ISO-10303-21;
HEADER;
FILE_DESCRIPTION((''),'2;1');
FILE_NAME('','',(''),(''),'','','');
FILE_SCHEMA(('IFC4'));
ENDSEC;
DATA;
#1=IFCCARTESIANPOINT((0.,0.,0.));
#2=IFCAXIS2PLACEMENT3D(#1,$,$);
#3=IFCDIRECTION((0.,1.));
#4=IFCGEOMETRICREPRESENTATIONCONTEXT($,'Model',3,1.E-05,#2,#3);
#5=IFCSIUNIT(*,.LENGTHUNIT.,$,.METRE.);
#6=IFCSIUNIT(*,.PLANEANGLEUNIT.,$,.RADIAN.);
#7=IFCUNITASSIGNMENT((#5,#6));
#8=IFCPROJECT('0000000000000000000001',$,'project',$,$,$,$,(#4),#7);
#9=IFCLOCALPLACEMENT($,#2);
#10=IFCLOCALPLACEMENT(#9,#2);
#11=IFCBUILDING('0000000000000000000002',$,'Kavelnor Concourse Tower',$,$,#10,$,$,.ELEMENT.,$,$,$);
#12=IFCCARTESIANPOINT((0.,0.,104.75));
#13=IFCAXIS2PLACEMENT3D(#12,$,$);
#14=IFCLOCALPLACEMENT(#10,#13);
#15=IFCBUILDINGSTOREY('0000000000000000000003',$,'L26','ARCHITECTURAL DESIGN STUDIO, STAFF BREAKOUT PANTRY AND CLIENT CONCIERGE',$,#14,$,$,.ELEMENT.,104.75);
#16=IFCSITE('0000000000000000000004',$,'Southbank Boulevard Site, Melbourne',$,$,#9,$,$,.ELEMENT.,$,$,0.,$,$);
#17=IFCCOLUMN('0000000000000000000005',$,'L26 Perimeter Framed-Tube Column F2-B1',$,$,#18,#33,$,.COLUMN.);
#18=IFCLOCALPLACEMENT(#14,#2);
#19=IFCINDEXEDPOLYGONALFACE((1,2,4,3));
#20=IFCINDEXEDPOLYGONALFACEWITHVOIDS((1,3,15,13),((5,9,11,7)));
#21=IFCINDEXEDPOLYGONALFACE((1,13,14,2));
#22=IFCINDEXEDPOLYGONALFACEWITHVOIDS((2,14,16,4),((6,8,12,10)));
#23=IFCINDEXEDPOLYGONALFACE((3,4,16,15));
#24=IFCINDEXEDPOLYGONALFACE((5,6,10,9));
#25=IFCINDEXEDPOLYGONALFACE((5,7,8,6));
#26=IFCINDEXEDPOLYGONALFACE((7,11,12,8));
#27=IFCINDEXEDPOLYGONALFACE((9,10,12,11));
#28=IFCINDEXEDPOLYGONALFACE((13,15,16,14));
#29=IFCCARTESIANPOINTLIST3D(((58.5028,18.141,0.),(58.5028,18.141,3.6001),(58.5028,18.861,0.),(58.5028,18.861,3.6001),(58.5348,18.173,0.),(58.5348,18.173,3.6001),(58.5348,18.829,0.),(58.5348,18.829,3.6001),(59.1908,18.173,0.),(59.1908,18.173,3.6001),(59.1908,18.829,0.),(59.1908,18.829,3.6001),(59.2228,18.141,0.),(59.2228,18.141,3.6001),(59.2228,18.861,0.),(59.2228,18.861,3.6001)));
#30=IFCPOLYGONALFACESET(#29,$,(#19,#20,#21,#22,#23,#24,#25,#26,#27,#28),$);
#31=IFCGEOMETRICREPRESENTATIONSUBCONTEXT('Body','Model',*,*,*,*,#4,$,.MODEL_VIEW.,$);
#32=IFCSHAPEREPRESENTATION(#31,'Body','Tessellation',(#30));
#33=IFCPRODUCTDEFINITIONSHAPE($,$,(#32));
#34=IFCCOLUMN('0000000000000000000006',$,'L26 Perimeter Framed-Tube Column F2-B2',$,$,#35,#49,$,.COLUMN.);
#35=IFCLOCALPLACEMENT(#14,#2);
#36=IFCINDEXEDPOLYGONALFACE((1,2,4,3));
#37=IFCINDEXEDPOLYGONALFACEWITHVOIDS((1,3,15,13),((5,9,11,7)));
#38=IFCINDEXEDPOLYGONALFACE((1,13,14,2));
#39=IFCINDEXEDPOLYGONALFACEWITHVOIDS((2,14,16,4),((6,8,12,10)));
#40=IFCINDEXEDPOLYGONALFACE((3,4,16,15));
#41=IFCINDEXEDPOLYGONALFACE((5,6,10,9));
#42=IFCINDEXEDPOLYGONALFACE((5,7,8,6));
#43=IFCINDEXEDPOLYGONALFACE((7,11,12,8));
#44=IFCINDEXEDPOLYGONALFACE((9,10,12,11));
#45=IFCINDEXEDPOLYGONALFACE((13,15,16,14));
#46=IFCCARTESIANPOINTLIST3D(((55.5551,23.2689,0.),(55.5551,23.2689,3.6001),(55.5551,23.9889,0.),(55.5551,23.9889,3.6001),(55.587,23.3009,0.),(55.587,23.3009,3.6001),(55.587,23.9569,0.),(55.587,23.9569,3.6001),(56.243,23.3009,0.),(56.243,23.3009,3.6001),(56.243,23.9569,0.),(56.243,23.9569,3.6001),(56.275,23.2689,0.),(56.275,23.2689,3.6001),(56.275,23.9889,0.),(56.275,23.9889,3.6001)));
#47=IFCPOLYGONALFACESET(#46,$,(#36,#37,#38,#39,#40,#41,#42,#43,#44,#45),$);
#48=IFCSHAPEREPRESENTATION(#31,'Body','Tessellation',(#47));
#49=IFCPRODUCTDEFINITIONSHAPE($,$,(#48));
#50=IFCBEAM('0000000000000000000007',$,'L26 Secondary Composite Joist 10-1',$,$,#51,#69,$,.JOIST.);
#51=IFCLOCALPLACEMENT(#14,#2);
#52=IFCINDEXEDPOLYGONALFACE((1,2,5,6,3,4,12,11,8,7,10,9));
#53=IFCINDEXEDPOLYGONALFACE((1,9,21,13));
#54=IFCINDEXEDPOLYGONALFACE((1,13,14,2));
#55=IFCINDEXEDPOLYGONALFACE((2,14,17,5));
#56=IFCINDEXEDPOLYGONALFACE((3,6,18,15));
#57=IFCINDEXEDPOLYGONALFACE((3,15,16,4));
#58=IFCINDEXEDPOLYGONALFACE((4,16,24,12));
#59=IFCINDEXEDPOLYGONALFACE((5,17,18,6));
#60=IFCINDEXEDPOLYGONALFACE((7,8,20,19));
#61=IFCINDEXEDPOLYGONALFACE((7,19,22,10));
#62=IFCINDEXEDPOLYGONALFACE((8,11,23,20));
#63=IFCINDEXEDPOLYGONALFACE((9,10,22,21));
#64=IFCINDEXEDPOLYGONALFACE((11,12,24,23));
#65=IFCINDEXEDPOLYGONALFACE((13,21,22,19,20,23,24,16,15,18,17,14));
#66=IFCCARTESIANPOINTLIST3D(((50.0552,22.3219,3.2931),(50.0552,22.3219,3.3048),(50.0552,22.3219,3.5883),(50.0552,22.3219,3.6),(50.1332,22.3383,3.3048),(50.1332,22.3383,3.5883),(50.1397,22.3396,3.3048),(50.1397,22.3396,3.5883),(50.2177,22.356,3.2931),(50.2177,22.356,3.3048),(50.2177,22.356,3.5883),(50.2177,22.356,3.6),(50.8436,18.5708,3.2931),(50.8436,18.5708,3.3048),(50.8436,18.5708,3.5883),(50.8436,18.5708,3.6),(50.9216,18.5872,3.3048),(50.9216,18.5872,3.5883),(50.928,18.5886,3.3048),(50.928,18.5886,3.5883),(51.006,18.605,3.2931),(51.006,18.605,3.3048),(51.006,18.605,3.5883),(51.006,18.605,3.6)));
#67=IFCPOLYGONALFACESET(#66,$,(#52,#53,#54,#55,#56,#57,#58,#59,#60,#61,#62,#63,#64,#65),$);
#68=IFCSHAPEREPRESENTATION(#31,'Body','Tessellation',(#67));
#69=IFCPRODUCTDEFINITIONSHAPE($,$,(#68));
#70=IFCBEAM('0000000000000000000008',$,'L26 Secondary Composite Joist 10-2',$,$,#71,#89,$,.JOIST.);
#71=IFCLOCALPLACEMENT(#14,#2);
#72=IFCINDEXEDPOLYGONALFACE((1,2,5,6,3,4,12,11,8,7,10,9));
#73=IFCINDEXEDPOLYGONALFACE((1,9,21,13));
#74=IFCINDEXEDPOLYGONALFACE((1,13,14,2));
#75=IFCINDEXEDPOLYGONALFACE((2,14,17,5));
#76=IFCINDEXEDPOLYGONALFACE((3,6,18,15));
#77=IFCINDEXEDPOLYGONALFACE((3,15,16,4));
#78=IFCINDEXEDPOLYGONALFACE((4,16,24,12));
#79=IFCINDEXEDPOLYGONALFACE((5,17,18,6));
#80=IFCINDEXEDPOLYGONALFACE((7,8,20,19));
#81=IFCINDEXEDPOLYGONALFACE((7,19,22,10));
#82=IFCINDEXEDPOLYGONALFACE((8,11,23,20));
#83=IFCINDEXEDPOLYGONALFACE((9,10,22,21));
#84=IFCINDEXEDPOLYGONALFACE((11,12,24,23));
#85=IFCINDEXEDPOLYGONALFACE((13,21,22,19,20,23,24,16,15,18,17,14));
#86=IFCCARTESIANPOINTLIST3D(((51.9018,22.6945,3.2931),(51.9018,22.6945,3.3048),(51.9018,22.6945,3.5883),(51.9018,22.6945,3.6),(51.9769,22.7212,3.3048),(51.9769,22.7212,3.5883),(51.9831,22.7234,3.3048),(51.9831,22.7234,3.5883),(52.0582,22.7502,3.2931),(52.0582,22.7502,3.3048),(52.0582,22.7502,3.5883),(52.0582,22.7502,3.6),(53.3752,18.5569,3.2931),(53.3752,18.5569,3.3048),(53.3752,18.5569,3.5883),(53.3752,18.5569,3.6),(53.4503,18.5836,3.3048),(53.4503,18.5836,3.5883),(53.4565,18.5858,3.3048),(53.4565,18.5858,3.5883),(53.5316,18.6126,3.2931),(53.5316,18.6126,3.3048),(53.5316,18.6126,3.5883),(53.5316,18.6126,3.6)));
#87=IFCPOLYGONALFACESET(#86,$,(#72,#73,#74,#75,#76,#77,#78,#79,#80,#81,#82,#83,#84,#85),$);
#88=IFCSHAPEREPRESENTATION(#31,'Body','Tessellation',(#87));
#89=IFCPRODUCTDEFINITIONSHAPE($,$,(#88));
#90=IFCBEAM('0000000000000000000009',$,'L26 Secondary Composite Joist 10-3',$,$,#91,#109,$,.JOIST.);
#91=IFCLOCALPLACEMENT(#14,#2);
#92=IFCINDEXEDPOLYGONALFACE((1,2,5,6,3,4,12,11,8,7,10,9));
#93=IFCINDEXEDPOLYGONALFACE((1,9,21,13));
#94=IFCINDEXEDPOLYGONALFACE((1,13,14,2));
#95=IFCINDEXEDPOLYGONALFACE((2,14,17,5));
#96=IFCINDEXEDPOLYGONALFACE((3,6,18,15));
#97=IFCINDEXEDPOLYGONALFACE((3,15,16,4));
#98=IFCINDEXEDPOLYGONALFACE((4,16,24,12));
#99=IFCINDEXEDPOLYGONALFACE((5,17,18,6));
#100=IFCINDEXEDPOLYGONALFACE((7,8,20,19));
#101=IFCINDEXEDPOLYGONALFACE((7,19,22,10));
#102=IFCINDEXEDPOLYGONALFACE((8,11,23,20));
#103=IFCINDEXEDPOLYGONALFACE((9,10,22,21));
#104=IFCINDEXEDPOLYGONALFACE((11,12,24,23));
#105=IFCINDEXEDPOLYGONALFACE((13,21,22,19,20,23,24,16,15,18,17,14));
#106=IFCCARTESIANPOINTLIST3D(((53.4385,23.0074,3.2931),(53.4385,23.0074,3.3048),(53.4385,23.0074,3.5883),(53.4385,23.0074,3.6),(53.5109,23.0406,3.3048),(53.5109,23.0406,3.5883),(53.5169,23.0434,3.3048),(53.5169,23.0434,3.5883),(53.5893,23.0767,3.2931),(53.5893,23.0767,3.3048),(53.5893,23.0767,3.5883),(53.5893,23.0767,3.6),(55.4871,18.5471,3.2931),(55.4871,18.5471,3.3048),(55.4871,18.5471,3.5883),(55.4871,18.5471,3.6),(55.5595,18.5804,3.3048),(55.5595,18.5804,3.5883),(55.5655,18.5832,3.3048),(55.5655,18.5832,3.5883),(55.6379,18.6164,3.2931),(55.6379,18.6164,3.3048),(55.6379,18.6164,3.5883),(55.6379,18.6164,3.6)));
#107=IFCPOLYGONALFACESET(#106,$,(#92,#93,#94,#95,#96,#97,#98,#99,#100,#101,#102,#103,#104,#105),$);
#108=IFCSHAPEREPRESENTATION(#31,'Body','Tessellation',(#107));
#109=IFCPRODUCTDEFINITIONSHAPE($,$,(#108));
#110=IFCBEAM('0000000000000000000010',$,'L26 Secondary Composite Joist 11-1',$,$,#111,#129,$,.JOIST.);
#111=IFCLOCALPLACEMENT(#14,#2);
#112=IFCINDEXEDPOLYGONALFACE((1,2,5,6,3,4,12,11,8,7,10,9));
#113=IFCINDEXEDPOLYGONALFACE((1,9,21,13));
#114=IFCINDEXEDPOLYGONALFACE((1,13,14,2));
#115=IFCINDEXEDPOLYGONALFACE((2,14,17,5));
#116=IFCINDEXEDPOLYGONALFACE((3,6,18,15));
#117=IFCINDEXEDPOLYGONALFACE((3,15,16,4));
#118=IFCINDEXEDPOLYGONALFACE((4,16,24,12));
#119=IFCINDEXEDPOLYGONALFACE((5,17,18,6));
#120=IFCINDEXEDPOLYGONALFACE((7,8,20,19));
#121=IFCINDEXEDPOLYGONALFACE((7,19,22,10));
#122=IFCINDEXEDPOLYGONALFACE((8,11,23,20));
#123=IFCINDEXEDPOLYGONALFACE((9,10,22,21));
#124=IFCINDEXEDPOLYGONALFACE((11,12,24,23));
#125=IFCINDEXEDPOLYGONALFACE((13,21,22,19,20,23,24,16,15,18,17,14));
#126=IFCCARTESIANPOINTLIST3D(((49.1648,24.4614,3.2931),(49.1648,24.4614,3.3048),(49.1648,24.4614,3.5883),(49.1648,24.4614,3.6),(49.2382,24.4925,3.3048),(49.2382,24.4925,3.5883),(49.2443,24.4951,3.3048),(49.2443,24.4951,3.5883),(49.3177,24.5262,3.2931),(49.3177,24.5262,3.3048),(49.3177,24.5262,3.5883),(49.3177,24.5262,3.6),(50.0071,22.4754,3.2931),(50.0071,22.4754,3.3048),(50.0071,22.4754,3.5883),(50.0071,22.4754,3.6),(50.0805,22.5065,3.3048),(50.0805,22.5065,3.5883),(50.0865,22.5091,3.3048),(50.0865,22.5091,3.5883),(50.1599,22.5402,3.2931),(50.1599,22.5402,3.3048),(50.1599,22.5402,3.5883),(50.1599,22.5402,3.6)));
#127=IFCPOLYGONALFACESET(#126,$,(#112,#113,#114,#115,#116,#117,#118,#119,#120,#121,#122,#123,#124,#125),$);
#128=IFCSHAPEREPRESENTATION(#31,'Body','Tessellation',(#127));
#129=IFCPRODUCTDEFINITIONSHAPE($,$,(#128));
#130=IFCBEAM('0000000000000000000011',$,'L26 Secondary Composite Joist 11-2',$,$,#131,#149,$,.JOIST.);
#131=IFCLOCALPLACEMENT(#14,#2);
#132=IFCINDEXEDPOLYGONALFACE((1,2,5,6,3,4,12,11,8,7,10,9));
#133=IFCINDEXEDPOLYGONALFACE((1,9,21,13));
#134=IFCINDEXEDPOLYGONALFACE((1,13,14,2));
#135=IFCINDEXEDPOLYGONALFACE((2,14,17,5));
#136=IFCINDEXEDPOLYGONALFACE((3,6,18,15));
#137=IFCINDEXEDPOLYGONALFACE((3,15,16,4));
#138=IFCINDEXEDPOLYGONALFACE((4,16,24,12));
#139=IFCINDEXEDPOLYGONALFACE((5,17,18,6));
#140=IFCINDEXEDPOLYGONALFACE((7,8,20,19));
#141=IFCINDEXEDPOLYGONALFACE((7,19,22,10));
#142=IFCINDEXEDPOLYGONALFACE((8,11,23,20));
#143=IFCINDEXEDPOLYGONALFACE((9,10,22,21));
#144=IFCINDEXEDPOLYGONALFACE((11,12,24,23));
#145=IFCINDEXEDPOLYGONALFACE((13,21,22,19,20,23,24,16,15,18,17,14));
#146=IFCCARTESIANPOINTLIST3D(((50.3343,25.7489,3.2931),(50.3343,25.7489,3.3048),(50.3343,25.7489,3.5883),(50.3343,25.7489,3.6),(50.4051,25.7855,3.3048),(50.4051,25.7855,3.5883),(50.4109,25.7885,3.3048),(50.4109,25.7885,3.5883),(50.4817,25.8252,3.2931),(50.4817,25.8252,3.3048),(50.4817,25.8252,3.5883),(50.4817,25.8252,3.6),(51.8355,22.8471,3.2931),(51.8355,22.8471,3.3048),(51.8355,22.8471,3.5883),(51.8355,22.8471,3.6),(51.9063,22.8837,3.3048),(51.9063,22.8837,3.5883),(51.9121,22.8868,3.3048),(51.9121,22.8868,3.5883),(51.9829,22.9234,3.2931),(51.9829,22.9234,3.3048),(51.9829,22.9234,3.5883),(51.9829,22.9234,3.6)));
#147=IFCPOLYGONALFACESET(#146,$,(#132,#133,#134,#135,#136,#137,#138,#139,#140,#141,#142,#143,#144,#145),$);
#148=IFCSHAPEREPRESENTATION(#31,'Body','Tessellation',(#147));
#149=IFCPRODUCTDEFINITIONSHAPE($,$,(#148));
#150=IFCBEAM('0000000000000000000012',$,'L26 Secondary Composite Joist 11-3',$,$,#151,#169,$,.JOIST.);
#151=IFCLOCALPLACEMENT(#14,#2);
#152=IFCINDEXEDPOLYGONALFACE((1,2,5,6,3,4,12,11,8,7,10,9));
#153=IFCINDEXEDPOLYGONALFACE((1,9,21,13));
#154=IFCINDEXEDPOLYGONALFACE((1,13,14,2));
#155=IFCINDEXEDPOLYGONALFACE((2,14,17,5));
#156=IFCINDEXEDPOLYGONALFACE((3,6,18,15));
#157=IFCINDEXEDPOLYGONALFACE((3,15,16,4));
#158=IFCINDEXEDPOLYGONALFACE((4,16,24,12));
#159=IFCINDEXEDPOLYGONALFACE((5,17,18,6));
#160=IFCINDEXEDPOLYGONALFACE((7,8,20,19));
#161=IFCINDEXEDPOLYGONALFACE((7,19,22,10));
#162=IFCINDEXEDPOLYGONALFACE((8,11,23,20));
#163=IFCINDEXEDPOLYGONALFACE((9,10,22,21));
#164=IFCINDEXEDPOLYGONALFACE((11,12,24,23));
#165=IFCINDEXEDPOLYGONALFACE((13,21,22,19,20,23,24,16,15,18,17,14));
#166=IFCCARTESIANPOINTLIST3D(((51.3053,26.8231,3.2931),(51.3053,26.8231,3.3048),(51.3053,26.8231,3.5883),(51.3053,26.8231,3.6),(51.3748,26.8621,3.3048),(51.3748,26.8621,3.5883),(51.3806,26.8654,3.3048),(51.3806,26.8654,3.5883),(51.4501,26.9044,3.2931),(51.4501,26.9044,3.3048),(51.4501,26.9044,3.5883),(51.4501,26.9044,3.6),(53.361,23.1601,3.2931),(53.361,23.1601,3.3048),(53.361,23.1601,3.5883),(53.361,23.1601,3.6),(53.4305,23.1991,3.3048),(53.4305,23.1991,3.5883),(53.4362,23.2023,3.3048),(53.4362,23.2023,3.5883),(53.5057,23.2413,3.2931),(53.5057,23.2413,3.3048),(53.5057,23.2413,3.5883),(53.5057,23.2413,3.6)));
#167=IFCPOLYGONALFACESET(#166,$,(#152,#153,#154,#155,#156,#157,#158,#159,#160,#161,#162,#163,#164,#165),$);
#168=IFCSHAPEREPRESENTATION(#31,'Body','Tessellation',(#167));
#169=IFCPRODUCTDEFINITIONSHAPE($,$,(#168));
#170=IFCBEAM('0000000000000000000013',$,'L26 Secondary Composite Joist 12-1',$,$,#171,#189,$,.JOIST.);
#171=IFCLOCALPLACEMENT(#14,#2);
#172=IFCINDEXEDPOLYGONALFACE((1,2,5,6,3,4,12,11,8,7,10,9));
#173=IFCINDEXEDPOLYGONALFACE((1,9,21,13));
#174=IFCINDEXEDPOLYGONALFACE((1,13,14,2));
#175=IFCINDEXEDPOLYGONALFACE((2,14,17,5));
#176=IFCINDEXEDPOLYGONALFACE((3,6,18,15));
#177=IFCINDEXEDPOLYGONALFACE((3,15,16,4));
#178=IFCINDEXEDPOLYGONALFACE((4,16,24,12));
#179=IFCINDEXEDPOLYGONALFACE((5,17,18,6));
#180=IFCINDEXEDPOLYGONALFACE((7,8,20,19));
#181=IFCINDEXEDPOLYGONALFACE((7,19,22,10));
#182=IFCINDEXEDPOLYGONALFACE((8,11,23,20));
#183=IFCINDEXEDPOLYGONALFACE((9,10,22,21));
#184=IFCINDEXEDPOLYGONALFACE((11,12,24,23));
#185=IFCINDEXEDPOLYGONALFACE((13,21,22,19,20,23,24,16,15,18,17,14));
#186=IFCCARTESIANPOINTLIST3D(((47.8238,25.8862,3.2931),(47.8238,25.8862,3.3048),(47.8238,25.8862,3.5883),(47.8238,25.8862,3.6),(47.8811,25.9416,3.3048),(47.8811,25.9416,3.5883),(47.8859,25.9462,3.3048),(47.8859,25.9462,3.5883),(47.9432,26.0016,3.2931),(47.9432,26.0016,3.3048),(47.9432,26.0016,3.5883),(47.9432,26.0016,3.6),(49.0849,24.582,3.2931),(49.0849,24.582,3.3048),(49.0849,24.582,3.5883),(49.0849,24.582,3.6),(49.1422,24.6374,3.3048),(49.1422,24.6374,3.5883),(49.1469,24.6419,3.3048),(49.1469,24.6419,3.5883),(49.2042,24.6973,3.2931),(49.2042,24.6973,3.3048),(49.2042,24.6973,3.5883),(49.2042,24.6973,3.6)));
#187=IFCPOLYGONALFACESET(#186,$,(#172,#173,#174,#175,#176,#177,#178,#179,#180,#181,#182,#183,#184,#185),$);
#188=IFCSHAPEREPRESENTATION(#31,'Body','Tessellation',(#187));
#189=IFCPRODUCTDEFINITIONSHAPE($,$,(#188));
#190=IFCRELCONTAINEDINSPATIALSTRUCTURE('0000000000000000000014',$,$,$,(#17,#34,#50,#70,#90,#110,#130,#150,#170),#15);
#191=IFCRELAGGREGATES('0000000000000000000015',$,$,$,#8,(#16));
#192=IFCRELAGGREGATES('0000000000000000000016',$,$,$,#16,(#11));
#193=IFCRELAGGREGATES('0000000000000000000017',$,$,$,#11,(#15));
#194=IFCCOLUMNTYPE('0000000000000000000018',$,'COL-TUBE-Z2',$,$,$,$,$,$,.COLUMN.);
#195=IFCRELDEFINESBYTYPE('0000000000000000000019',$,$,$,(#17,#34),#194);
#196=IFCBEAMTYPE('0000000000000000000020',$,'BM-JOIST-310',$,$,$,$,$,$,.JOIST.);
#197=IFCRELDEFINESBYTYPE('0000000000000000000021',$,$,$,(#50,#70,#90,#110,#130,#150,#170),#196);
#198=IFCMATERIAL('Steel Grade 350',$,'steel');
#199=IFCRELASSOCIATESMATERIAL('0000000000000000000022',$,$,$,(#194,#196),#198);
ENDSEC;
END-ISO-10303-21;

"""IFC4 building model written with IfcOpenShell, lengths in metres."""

from ifc_helpers import new_model, si_unit, direction, frame, origin, origin_2d, place, context, subcontext, project, spatial, hollow_rectangle, i_section, extrude, material, material_profile, profile_set, type_object, element, save


model = new_model("IFC4")

# Units and contexts
model_context = context("Model", 3, precision=1e-05, world=origin(), true_north=direction((0.0, 1.0)))
body_context = subcontext(model_context, "Body", "Model", "MODEL_VIEW")
ifc_project = project(units=[si_unit("LENGTHUNIT", "METRE"), si_unit("PLANEANGLEUNIT", "RADIAN")], contexts=[model_context])

# Site, building, storey
site_placement = place(None, origin())
site = spatial("IfcSite", under=ifc_project, at=site_placement, Name="Southbank Boulevard Site, Melbourne", CompositionType="ELEMENT", RefElevation=0.0)
building_placement = place(site_placement, origin())
building = spatial("IfcBuilding", under=site, at=building_placement, Name="Kavelnor Concourse Tower", CompositionType="ELEMENT")
storey_placement = place(building_placement, frame((0.0, 0.0, 104.75)))
storey = spatial("IfcBuildingStorey", under=building, at=storey_placement, Name="L26", Description="ARCHITECTURAL DESIGN STUDIO, STAFF BREAKOUT PANTRY AND CLIENT CONCIERGE", CompositionType="ELEMENT", Elevation=104.75)

# Columns
ifc_material_1 = material(Name="Steel Grade 350", Category="steel")
ifc_material_profile_1 = material_profile(ifc_material_1, hollow_rectangle(XDim=0.72, YDim=0.72, WallThickness=0.032, at=origin_2d()), Name="SHS 720x720x32")
ifc_profile_set_1 = profile_set([ifc_material_profile_1], Name="Steel Grade 350")
column_type = type_object("IfcColumnType", Name="COL-TUBE-Z2", PredefinedType="COLUMN", material=ifc_profile_set_1)
for number, where, z_axis, x_axis, name in (
    (1, (58.8628, 18.501, 0.0), (0.0, 0.0, 1.0), (1.0, 0.0, 0.0), "L26 Perimeter Framed-Tube Column F2-B1"),
    (2, (55.915, 23.6289, 0.0), (0.0, 0.0, 1.0), (1.0, 0.0, 0.0), "L26 Perimeter Framed-Tube Column F2-B2"),
):
    element("IfcColumn", number, at=place(storey_placement, frame(where, z_axis=z_axis, x_axis=x_axis)), inside=storey, type_object=column_type, Name=name, PredefinedType="COLUMN", context=body_context, shape_type="SweptSolid", body=[
        extrude(hollow_rectangle(XDim=0.72, YDim=0.72, WallThickness=0.032, at=origin_2d()), origin(), (0.0, 0.0, 1.0), 3.6001),
    ])

# Beams
ifc_material_profile_2 = material_profile(ifc_material_1, i_section(OverallWidth=0.166, OverallDepth=0.3069, WebThickness=0.0066, FlangeThickness=0.0117, at=origin_2d()), Name="310UB46")
ifc_profile_set_2 = profile_set([ifc_material_profile_2], Name="Steel Grade 350")
beam_type_1 = type_object("IfcBeamType", Name="BM-JOIST-310", PredefinedType="JOIST", material=ifc_profile_set_2)
beam_1_placement = place(storey_placement, frame((50.9248, 18.5879, 3.4465), z_axis=(-0.205673, 0.978621, 0.0), x_axis=(-0.978621, -0.205673, 0.0)))
element("IfcBeam", 3, at=beam_1_placement, inside=storey, type_object=beam_type_1, Name="L26 Secondary Composite Joist 10-1", PredefinedType="JOIST", context=body_context, shape_type="SweptSolid", body=[
    extrude(i_section(OverallWidth=0.166, OverallDepth=0.3069, WebThickness=0.0066, FlangeThickness=0.0117, at=origin_2d()), origin(), (0.0, 0.0, 1.0), 3.833),
])
beam_2_placement = place(storey_placement, frame((53.4534, 18.5847, 3.4465), z_axis=(-0.335456, 0.942056, 0.0), x_axis=(-0.942056, -0.335456, 0.0)))
element("IfcBeam", 4, at=beam_2_placement, inside=storey, type_object=beam_type_1, Name="L26 Secondary Composite Joist 10-2", PredefinedType="JOIST", context=body_context, shape_type="SweptSolid", body=[
    extrude(i_section(OverallWidth=0.166, OverallDepth=0.3069, WebThickness=0.0066, FlangeThickness=0.0117, at=origin_2d()), origin(), (0.0, 0.0, 1.0), 4.3921),
])
beam_3_placement = place(storey_placement, frame((55.5625, 18.5818, 3.4465), z_axis=(-0.417383, 0.908731, 0.0), x_axis=(-0.908731, -0.417383, 0.0)))
element("IfcBeam", 5, at=beam_3_placement, inside=storey, type_object=beam_type_1, Name="L26 Secondary Composite Joist 10-3", PredefinedType="JOIST", context=body_context, shape_type="SweptSolid", body=[
    extrude(i_section(OverallWidth=0.166, OverallDepth=0.3069, WebThickness=0.0066, FlangeThickness=0.0117, at=origin_2d()), origin(), (0.0, 0.0, 1.0), 4.9082),
])
beam_4_placement = place(storey_placement, frame((50.0835, 22.5078, 3.4465), z_axis=(-0.390434, 0.920631, 0.0), x_axis=(-0.920631, -0.390434, 0.0)))
element("IfcBeam", 6, at=beam_4_placement, inside=storey, type_object=beam_type_1, Name="L26 Secondary Composite Joist 11-1", PredefinedType="JOIST", context=body_context, shape_type="SweptSolid", body=[
    extrude(i_section(OverallWidth=0.166, OverallDepth=0.3069, WebThickness=0.0066, FlangeThickness=0.0117, at=origin_2d()), origin(), (0.0, 0.0, 1.0), 2.1572),
])
beam_5_placement = place(storey_placement, frame((51.9092, 22.8853, 3.4465), z_axis=(-0.459486, 0.888185, 0.0), x_axis=(-0.888185, -0.459486, 0.0)))
element("IfcBeam", 7, at=beam_5_placement, inside=storey, type_object=beam_type_1, Name="L26 Secondary Composite Joist 11-2", PredefinedType="JOIST", context=body_context, shape_type="SweptSolid", body=[
    extrude(i_section(OverallWidth=0.166, OverallDepth=0.3069, WebThickness=0.0066, FlangeThickness=0.0117, at=origin_2d()), origin(), (0.0, 0.0, 1.0), 3.2671),
])
beam_6_placement = place(storey_placement, frame((53.4333, 23.2007, 3.4465), z_axis=(-0.489389, 0.872066, 0.0), x_axis=(-0.872066, -0.489389, 0.0)))
element("IfcBeam", 8, at=beam_6_placement, inside=storey, type_object=beam_type_1, Name="L26 Secondary Composite Joist 11-3", PredefinedType="JOIST", context=body_context, shape_type="SweptSolid", body=[
    extrude(i_section(OverallWidth=0.166, OverallDepth=0.3069, WebThickness=0.0066, FlangeThickness=0.0117, at=origin_2d()), origin(), (0.0, 0.0, 1.0), 4.2004),
])
beam_7_placement = place(storey_placement, frame((49.1445, 24.6396, 3.4465), z_axis=(-0.695096, 0.718917, 0.0), x_axis=(-0.718917, -0.695096, 0.0)))
element("IfcBeam", 9, at=beam_7_placement, inside=storey, type_object=beam_type_1, Name="L26 Secondary Composite Joist 12-1", PredefinedType="JOIST", context=body_context, shape_type="SweptSolid", body=[
    extrude(i_section(OverallWidth=0.166, OverallDepth=0.3069, WebThickness=0.0066, FlangeThickness=0.0117, at=origin_2d()), origin(), (0.0, 0.0, 1.0), 1.8142),
])

save(model, "model.ifc")
